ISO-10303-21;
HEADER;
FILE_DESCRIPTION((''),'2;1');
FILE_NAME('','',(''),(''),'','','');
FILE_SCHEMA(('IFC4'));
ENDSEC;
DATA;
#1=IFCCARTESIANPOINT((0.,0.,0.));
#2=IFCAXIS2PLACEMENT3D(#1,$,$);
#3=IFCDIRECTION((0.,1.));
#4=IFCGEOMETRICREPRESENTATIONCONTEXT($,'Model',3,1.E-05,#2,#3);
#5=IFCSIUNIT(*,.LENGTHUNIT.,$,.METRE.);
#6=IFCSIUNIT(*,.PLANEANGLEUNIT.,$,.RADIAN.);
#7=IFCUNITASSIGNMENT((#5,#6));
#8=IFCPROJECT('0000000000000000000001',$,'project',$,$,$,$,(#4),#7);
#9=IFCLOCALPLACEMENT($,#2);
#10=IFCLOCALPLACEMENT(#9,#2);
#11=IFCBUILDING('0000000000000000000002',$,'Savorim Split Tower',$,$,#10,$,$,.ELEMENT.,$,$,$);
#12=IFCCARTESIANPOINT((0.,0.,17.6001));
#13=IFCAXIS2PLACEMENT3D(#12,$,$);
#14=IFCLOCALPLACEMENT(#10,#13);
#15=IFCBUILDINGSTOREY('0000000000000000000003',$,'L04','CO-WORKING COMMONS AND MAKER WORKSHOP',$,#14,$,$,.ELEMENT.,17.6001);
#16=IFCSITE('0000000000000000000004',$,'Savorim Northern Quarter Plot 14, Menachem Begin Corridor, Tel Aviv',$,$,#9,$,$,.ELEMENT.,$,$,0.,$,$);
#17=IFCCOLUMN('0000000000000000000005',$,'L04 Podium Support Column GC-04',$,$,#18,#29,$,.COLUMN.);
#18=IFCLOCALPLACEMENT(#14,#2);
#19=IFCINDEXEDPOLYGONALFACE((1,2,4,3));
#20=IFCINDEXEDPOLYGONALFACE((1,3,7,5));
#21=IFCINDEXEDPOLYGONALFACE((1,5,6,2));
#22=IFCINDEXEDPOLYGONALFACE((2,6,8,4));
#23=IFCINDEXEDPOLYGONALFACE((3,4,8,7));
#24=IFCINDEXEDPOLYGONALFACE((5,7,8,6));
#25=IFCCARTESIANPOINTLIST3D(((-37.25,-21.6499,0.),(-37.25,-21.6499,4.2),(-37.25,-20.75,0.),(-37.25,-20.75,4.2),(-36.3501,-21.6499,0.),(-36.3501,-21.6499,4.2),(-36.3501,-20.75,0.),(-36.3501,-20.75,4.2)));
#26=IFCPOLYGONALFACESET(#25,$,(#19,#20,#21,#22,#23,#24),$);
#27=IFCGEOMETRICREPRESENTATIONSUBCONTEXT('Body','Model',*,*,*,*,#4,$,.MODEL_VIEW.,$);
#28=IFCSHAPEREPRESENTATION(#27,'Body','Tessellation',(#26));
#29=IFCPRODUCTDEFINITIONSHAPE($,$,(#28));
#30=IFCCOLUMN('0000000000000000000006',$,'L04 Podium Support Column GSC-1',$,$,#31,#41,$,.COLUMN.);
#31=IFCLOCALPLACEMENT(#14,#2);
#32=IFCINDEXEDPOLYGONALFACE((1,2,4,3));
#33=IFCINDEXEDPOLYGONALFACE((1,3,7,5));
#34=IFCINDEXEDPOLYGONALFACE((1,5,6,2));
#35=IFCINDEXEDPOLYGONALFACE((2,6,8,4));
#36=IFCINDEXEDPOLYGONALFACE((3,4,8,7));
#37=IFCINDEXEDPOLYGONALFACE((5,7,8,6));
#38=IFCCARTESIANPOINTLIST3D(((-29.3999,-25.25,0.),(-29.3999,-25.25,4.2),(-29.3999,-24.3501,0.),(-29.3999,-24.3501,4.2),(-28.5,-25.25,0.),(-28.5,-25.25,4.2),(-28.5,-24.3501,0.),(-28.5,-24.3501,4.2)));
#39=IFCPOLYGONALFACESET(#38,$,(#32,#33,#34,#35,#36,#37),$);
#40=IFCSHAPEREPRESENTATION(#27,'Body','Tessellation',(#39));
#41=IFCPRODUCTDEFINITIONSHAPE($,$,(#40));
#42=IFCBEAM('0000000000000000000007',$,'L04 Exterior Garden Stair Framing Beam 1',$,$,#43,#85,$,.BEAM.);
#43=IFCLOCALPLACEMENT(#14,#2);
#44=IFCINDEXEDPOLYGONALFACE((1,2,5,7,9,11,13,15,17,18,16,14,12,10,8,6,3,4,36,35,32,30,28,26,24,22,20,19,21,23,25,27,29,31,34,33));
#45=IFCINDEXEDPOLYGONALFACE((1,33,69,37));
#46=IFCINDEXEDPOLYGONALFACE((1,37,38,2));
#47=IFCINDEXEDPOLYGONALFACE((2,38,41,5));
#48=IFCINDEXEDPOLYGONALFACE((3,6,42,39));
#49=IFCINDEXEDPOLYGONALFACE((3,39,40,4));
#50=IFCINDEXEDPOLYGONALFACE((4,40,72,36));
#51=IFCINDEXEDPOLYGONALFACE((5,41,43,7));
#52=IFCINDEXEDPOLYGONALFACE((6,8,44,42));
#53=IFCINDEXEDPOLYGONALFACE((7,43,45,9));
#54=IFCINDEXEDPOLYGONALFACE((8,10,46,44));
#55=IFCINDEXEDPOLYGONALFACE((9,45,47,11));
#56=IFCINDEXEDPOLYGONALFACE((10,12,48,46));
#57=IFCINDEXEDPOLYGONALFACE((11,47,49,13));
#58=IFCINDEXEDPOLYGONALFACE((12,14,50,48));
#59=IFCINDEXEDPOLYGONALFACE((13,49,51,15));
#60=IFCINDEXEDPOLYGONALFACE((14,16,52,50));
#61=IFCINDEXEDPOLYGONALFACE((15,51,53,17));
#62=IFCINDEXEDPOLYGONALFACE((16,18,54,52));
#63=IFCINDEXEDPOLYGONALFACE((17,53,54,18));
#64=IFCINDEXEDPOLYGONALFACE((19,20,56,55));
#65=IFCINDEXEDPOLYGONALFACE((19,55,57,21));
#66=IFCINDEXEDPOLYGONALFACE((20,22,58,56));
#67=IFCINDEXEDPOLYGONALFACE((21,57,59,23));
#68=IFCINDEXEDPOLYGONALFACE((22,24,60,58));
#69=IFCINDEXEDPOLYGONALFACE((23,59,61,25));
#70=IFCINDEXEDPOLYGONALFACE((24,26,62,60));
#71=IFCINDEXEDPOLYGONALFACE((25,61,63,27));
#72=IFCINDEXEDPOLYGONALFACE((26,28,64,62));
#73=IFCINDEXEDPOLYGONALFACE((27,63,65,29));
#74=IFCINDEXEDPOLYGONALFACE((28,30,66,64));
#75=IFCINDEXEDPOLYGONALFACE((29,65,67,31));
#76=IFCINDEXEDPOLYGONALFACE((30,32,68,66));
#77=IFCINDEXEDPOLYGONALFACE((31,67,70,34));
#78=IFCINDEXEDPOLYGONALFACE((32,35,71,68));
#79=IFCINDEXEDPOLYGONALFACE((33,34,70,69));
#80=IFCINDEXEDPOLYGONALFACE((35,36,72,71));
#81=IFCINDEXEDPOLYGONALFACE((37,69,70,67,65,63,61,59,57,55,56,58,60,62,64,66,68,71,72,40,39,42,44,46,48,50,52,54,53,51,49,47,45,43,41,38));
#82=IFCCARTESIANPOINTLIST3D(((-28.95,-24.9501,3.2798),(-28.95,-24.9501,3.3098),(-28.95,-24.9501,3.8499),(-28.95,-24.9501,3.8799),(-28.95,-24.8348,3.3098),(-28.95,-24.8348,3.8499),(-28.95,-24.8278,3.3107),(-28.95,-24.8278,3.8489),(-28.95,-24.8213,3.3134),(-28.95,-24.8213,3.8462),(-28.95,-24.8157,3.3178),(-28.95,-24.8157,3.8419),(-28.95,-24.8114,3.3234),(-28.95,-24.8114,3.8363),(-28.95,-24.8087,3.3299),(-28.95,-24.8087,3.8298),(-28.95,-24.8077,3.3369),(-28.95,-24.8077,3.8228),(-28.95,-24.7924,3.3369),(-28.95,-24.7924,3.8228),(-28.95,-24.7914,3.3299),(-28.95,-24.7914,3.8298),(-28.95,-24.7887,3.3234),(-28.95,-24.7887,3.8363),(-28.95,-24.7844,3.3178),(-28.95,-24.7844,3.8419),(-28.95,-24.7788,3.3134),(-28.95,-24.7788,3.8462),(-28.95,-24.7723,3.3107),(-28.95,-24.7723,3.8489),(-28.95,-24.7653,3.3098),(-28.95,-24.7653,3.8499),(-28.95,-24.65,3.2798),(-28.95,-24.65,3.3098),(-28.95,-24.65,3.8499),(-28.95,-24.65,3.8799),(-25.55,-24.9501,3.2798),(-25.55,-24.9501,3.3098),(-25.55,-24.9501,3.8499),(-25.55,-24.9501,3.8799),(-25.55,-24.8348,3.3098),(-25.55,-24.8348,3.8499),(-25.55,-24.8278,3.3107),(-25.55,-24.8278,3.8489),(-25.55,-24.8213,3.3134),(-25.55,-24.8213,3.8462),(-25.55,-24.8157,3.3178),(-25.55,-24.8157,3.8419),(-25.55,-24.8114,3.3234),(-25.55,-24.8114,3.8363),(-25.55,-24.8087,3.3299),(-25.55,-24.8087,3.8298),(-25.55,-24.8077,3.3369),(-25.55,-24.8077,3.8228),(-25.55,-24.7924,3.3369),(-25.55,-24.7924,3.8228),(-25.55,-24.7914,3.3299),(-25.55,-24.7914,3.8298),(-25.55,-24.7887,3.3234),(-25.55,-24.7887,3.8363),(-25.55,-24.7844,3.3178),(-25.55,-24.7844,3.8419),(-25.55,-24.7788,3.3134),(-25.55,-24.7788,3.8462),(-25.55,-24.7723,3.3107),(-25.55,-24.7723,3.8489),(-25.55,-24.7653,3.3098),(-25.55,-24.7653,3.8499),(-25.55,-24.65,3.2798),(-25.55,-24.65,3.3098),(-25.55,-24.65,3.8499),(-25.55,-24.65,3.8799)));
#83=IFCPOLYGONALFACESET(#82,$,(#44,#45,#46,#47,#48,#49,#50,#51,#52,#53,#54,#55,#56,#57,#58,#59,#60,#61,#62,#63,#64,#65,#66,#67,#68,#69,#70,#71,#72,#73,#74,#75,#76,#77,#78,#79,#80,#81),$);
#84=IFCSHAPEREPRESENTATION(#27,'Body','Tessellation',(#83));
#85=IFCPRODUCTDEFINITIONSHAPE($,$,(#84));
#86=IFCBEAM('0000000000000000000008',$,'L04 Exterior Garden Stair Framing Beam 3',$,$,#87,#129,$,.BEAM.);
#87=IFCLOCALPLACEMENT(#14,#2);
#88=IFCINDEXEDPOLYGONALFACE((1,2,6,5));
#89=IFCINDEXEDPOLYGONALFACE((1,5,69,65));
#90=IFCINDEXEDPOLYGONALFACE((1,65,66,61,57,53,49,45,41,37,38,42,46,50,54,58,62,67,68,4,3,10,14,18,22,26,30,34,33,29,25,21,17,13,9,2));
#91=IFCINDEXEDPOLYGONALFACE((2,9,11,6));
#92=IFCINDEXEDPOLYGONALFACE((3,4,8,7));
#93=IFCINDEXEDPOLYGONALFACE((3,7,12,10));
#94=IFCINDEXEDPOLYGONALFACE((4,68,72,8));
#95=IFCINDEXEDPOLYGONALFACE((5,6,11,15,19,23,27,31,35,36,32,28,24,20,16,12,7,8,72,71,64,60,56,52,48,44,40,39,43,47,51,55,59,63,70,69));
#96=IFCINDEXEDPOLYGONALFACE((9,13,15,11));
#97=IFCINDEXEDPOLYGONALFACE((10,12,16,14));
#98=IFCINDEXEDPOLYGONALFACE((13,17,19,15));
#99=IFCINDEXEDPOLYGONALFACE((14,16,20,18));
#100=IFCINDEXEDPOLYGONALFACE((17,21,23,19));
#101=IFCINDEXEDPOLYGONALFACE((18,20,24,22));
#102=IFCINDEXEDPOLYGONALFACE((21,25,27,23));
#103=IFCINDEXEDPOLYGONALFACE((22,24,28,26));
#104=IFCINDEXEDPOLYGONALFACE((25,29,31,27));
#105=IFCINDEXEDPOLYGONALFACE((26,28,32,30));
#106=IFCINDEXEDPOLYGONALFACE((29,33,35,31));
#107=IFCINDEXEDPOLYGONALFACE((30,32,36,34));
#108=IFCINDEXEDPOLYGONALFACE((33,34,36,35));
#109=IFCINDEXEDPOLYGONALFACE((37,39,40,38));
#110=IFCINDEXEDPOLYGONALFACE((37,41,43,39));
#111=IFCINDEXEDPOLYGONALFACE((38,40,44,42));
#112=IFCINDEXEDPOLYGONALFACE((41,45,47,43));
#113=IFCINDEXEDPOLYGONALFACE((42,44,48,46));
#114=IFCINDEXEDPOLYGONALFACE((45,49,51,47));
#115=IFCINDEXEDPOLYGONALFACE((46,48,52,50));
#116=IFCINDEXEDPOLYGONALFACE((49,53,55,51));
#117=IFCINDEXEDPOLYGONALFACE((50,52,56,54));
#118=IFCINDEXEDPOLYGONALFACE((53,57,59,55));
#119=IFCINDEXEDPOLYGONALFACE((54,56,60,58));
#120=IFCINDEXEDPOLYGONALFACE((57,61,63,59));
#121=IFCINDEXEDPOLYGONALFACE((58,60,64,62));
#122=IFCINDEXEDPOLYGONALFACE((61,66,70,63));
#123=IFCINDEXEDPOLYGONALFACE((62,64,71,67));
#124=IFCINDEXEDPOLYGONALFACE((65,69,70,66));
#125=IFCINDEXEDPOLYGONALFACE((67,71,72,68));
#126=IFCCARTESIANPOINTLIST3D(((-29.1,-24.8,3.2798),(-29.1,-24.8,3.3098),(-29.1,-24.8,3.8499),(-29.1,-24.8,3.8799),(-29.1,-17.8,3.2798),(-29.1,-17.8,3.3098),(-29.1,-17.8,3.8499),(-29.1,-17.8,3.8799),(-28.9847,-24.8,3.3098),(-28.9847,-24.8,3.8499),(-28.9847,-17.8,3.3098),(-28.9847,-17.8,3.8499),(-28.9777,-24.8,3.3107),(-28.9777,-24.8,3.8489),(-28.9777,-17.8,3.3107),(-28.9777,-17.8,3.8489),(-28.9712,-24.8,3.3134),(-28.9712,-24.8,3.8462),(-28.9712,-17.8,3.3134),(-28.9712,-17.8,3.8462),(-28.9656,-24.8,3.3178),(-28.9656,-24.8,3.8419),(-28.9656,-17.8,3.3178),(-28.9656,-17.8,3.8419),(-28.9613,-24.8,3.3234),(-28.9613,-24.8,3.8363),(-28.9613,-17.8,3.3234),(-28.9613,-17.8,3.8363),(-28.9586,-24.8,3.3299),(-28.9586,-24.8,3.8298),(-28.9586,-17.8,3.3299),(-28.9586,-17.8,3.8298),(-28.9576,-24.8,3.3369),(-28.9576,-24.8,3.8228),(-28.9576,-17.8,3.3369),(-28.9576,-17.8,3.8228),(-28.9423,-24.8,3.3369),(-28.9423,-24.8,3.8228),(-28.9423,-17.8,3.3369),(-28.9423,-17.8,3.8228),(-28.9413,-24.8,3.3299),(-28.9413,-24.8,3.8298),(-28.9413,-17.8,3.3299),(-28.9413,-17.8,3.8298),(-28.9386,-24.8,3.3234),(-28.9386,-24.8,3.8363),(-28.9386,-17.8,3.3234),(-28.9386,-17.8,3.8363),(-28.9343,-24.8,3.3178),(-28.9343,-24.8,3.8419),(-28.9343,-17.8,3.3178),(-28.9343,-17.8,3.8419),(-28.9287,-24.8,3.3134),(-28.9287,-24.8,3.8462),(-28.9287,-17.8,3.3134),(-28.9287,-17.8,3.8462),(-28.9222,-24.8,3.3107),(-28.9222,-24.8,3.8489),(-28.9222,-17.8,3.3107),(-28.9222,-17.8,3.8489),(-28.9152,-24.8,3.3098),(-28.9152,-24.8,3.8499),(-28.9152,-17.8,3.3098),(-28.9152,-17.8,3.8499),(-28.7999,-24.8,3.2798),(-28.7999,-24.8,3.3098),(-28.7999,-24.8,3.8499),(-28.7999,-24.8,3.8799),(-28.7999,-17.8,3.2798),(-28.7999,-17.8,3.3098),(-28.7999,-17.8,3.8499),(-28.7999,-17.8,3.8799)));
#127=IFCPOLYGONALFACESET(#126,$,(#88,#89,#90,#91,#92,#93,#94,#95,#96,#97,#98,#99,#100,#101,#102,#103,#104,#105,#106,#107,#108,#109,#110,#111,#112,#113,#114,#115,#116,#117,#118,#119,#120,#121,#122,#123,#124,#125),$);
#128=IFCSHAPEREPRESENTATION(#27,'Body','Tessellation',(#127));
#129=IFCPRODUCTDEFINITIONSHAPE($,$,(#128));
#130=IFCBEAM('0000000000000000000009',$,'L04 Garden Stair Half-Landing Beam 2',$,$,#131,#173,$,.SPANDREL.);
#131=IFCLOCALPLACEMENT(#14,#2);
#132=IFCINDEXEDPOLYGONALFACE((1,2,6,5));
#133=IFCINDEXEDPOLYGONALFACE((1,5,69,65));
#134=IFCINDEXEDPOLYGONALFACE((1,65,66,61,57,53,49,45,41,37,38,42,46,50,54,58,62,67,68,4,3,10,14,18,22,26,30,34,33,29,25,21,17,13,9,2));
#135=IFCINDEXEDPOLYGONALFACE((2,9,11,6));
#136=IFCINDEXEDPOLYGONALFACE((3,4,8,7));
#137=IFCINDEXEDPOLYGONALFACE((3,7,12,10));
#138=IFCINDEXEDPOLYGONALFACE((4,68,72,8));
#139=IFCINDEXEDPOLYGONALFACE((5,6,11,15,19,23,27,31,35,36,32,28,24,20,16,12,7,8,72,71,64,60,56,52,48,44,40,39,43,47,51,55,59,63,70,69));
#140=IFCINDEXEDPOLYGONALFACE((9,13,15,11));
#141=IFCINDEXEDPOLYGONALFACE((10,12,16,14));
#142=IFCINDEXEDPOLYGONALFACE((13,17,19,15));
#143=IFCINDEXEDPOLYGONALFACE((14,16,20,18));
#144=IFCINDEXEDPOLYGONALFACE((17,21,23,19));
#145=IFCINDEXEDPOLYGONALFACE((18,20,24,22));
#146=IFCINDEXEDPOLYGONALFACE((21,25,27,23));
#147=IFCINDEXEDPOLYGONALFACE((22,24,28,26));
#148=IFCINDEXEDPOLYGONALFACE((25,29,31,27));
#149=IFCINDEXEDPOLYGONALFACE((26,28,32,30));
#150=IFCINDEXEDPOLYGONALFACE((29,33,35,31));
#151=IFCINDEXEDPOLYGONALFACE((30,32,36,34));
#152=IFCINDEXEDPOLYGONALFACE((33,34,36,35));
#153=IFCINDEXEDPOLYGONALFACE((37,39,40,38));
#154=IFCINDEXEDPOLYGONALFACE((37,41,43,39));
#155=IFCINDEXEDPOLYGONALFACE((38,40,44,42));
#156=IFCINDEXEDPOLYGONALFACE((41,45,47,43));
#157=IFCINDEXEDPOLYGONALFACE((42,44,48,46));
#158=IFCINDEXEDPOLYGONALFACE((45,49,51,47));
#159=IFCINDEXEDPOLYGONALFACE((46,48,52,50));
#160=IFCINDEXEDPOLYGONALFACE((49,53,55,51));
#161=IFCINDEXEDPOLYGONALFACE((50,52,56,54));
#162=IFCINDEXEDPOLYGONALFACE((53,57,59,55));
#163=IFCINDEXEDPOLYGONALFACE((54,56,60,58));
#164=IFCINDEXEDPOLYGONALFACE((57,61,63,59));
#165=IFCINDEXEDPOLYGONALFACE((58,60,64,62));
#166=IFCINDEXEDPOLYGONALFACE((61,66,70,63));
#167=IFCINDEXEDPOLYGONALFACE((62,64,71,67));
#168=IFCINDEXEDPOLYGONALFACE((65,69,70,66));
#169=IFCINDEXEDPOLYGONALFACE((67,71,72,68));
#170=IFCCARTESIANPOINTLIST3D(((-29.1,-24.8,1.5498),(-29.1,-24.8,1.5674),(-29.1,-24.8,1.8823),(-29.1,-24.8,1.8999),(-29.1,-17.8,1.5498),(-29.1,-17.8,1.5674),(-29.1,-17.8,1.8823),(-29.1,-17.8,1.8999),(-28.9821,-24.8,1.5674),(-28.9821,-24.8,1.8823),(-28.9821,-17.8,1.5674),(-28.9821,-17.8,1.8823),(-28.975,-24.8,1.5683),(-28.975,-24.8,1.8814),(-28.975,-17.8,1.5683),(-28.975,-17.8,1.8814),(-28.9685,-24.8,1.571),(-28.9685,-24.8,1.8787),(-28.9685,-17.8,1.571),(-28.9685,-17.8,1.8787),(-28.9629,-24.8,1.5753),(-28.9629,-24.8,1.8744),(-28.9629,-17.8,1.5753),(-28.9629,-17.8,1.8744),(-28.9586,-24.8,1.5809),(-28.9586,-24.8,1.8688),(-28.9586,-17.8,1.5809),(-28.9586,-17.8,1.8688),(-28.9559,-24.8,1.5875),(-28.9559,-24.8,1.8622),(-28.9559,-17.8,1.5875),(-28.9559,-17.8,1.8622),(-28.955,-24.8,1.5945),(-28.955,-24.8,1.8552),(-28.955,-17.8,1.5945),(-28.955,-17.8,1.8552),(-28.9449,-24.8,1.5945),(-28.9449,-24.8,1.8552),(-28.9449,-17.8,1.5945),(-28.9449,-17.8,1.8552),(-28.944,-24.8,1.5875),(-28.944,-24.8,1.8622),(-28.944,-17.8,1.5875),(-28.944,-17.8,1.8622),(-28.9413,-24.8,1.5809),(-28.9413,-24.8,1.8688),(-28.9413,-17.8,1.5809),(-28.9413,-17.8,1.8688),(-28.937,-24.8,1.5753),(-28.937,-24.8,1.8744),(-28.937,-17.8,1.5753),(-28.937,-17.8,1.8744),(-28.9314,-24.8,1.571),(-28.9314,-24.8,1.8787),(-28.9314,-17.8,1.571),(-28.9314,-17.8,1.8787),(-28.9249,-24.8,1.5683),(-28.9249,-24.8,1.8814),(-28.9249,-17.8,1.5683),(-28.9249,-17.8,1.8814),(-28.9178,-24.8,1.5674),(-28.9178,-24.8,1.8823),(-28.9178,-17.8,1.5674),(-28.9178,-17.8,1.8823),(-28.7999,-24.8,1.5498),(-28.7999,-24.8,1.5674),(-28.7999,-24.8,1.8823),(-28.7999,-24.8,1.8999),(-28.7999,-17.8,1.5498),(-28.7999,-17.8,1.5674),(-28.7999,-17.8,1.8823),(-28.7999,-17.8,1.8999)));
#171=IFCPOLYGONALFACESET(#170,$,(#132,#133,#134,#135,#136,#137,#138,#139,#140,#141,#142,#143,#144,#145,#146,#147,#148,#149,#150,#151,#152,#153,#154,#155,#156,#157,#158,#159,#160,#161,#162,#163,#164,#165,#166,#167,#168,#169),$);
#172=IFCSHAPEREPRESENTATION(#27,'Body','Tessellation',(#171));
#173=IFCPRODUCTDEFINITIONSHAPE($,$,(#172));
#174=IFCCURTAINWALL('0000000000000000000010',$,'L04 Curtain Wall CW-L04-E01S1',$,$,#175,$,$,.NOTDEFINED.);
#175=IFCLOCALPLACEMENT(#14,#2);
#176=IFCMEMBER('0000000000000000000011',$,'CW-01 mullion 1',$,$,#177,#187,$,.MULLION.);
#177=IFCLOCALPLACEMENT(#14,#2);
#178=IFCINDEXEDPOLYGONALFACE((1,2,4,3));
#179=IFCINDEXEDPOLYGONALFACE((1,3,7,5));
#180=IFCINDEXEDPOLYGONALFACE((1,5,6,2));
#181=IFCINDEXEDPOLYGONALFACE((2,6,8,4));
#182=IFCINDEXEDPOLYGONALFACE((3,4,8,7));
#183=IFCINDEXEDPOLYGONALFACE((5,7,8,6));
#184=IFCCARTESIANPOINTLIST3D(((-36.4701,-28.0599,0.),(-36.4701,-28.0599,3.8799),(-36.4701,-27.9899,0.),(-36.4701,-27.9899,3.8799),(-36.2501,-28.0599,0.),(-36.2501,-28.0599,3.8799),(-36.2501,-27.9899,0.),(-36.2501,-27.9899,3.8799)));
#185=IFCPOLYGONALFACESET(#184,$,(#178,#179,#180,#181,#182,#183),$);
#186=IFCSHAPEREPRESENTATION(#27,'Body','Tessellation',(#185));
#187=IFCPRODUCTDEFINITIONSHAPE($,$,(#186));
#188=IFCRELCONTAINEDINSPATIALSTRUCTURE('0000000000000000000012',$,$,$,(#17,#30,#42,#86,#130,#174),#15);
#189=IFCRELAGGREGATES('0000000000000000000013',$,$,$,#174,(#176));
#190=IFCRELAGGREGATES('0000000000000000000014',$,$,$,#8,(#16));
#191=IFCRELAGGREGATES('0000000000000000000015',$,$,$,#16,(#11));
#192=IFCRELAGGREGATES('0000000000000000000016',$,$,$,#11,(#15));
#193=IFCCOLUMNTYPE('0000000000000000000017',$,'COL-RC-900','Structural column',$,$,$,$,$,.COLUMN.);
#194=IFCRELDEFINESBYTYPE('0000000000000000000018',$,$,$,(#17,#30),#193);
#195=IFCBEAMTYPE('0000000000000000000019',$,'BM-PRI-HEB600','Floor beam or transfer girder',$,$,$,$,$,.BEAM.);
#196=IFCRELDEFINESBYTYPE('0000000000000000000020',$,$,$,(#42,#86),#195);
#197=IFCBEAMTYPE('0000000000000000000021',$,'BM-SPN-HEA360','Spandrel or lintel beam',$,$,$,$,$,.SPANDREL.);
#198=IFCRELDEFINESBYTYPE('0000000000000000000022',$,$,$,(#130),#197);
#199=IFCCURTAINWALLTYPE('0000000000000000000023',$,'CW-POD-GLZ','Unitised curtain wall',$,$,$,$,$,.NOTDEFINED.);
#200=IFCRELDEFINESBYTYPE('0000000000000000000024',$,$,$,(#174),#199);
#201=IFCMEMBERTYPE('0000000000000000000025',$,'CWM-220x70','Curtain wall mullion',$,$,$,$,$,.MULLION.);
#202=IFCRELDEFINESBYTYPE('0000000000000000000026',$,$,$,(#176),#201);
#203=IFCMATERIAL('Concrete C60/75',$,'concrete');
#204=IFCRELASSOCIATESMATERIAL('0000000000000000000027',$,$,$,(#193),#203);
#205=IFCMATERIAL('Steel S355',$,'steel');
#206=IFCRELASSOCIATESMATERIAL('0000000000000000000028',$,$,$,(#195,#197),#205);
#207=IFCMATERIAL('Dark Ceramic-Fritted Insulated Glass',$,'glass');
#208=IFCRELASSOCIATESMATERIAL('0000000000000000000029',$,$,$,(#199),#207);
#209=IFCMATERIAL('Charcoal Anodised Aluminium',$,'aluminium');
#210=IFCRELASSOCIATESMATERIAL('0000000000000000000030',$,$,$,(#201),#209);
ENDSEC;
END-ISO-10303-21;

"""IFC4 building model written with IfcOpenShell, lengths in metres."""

from ifc_helpers import new_model, si_unit, direction, frame, origin, origin_2d, place, context, subcontext, project, spatial, rectangle, i_section, extrude, material, material_profile, profile_set, type_object, element, aggregate, save


model = new_model("IFC4")

# Units and contexts
model_context = context("Model", 3, precision=1e-05, world=origin(), true_north=direction((0.0, 1.0)))
body_context = subcontext(model_context, "Body", "Model", "MODEL_VIEW")
ifc_project = project(units=[si_unit("LENGTHUNIT", "METRE"), si_unit("PLANEANGLEUNIT", "RADIAN")], contexts=[model_context])

# Site, building, storey
site_placement = place(None, origin())
site = spatial("IfcSite", under=ifc_project, at=site_placement, Name="Savorim Northern Quarter Plot 14, Menachem Begin Corridor, Tel Aviv", CompositionType="ELEMENT", RefElevation=0.0)
building_placement = place(site_placement, origin())
building = spatial("IfcBuilding", under=site, at=building_placement, Name="Savorim Split Tower", CompositionType="ELEMENT")
storey_placement = place(building_placement, frame((0.0, 0.0, 17.6001)))
storey = spatial("IfcBuildingStorey", under=building, at=storey_placement, Name="L04", Description="CO-WORKING COMMONS AND MAKER WORKSHOP", CompositionType="ELEMENT", Elevation=17.6001)

# Columns
ifc_material_1 = material(Name="Concrete C60/75", Category="concrete")
ifc_material_profile_1 = material_profile(ifc_material_1, rectangle(XDim=0.8999, YDim=0.8999, at=origin_2d()), Name="RC 900x900")
ifc_profile_set_1 = profile_set([ifc_material_profile_1], Name="Concrete C60/75")
column_type = type_object("IfcColumnType", Name="COL-RC-900", Description="Structural column", PredefinedType="COLUMN", material=ifc_profile_set_1)
for number, where, z_axis, x_axis, name in (
    (1, (-36.8, -21.2, 0.0), (0.0, 0.0, 1.0), (1.0, 0.0, 0.0), "L04 Podium Support Column GC-04"),
    (2, (-28.95, -24.8, 0.0), (0.0, 0.0, 1.0), (1.0, 0.0, 0.0), "L04 Podium Support Column GSC-1"),
):
    element("IfcColumn", number, at=place(storey_placement, frame(where, z_axis=z_axis, x_axis=x_axis)), inside=storey, type_object=column_type, Name=name, PredefinedType="COLUMN", context=body_context, shape_type="SweptSolid", body=[
        extrude(rectangle(XDim=0.8999, YDim=0.8999, at=origin_2d()), origin(), (0.0, 0.0, 1.0), 4.2),
    ])

# Beams
ifc_material_2 = material(Name="Steel S355", Category="steel")
ifc_material_profile_2 = material_profile(ifc_material_2, i_section(OverallWidth=0.3, OverallDepth=0.6001, WebThickness=0.0154, FlangeThickness=0.03, FilletRadius=0.0271, at=origin_2d()), Name="HEB 600")
ifc_profile_set_2 = profile_set([ifc_material_profile_2], Name="Steel S355")
beam_type_1 = type_object("IfcBeamType", Name="BM-PRI-HEB600", Description="Floor beam or transfer girder", PredefinedType="BEAM", material=ifc_profile_set_2)
beam_1_placement = place(storey_placement, frame((-28.95, -24.8, 3.5798), z_axis=(1.0, 0.0, 0.0), x_axis=(0.0, 1.0, 0.0)))
element("IfcBeam", 3, at=beam_1_placement, inside=storey, type_object=beam_type_1, Name="L04 Exterior Garden Stair Framing Beam 1", PredefinedType="BEAM", context=body_context, shape_type="SweptSolid", body=[
    extrude(i_section(OverallWidth=0.3, OverallDepth=0.6001, WebThickness=0.0154, FlangeThickness=0.03, FilletRadius=0.0271, at=origin_2d()), origin(), (0.0, 0.0, 1.0), 3.3999),
])
beam_2_placement = place(storey_placement, frame((-28.95, -24.8, 3.5798), z_axis=(0.0, 1.0, 0.0), x_axis=(-1.0, 0.0, 0.0)))
element("IfcBeam", 4, at=beam_2_placement, inside=storey, type_object=beam_type_1, Name="L04 Exterior Garden Stair Framing Beam 3", PredefinedType="BEAM", context=body_context, shape_type="SweptSolid", body=[
    extrude(i_section(OverallWidth=0.3, OverallDepth=0.6001, WebThickness=0.0154, FlangeThickness=0.03, FilletRadius=0.0271, at=origin_2d()), origin(), (0.0, 0.0, 1.0), 7.0),
])
ifc_material_profile_3 = material_profile(ifc_material_2, i_section(OverallWidth=0.3, OverallDepth=0.3501, WebThickness=0.01, FlangeThickness=0.0176, FilletRadius=0.0271, at=origin_2d()), Name="HEA 360")
ifc_profile_set_3 = profile_set([ifc_material_profile_3], Name="Steel S355")
beam_type_2 = type_object("IfcBeamType", Name="BM-SPN-HEA360", Description="Spandrel or lintel beam", PredefinedType="SPANDREL", material=ifc_profile_set_3)
beam_3_placement = place(storey_placement, frame((-28.95, -24.8, 1.7249), z_axis=(0.0, 1.0, 0.0), x_axis=(-1.0, 0.0, 0.0)))
element("IfcBeam", 5, at=beam_3_placement, inside=storey, type_object=beam_type_2, Name="L04 Garden Stair Half-Landing Beam 2", PredefinedType="SPANDREL", context=body_context, shape_type="SweptSolid", body=[
    extrude(i_section(OverallWidth=0.3, OverallDepth=0.3501, WebThickness=0.01, FlangeThickness=0.0176, FilletRadius=0.0271, at=origin_2d()), origin(), (0.0, 0.0, 1.0), 7.0),
])

# Curtain wall, member
ifc_material_3 = material(Name="Dark Ceramic-Fritted Insulated Glass", Category="glass")
curtain_wall_type = type_object("IfcCurtainWallType", Name="CW-POD-GLZ", Description="Unitised curtain wall", PredefinedType="NOTDEFINED", material=ifc_material_3)
curtain_wall_1_placement = place(storey_placement, origin())
curtain_wall_1 = element("IfcCurtainWall", 6, at=curtain_wall_1_placement, inside=storey, type_object=curtain_wall_type, Name="L04 Curtain Wall CW-L04-E01S1", PredefinedType="NOTDEFINED")
ifc_material_4 = material(Name="Charcoal Anodised Aluminium", Category="aluminium")
ifc_material_profile_4 = material_profile(ifc_material_4, rectangle(XDim=0.22, YDim=0.0701, at=origin_2d()), Name="ALU-M 220x70")
ifc_profile_set_4 = profile_set([ifc_material_profile_4], Name="Charcoal Anodised Aluminium")
member_type_1 = type_object("IfcMemberType", Name="CWM-220x70", Description="Curtain wall mullion", PredefinedType="MULLION", material=ifc_profile_set_4)
member_1_placement = place(storey_placement, frame((-36.3601, -28.0249, 0.0), z_axis=(0.0, 0.0, 1.0), x_axis=(-1.0, 0.0, 0.0)))
member_1 = element("IfcMember", 7, at=member_1_placement, type_object=member_type_1, Name="CW-01 mullion 1", PredefinedType="MULLION", context=body_context, shape_type="SweptSolid", body=[
    extrude(rectangle(XDim=0.22, YDim=0.0701, at=origin_2d()), origin(), (0.0, 0.0, 1.0), 3.8799),
])

aggregate(curtain_wall_1, [member_1])

save(model, "model.ifc")
